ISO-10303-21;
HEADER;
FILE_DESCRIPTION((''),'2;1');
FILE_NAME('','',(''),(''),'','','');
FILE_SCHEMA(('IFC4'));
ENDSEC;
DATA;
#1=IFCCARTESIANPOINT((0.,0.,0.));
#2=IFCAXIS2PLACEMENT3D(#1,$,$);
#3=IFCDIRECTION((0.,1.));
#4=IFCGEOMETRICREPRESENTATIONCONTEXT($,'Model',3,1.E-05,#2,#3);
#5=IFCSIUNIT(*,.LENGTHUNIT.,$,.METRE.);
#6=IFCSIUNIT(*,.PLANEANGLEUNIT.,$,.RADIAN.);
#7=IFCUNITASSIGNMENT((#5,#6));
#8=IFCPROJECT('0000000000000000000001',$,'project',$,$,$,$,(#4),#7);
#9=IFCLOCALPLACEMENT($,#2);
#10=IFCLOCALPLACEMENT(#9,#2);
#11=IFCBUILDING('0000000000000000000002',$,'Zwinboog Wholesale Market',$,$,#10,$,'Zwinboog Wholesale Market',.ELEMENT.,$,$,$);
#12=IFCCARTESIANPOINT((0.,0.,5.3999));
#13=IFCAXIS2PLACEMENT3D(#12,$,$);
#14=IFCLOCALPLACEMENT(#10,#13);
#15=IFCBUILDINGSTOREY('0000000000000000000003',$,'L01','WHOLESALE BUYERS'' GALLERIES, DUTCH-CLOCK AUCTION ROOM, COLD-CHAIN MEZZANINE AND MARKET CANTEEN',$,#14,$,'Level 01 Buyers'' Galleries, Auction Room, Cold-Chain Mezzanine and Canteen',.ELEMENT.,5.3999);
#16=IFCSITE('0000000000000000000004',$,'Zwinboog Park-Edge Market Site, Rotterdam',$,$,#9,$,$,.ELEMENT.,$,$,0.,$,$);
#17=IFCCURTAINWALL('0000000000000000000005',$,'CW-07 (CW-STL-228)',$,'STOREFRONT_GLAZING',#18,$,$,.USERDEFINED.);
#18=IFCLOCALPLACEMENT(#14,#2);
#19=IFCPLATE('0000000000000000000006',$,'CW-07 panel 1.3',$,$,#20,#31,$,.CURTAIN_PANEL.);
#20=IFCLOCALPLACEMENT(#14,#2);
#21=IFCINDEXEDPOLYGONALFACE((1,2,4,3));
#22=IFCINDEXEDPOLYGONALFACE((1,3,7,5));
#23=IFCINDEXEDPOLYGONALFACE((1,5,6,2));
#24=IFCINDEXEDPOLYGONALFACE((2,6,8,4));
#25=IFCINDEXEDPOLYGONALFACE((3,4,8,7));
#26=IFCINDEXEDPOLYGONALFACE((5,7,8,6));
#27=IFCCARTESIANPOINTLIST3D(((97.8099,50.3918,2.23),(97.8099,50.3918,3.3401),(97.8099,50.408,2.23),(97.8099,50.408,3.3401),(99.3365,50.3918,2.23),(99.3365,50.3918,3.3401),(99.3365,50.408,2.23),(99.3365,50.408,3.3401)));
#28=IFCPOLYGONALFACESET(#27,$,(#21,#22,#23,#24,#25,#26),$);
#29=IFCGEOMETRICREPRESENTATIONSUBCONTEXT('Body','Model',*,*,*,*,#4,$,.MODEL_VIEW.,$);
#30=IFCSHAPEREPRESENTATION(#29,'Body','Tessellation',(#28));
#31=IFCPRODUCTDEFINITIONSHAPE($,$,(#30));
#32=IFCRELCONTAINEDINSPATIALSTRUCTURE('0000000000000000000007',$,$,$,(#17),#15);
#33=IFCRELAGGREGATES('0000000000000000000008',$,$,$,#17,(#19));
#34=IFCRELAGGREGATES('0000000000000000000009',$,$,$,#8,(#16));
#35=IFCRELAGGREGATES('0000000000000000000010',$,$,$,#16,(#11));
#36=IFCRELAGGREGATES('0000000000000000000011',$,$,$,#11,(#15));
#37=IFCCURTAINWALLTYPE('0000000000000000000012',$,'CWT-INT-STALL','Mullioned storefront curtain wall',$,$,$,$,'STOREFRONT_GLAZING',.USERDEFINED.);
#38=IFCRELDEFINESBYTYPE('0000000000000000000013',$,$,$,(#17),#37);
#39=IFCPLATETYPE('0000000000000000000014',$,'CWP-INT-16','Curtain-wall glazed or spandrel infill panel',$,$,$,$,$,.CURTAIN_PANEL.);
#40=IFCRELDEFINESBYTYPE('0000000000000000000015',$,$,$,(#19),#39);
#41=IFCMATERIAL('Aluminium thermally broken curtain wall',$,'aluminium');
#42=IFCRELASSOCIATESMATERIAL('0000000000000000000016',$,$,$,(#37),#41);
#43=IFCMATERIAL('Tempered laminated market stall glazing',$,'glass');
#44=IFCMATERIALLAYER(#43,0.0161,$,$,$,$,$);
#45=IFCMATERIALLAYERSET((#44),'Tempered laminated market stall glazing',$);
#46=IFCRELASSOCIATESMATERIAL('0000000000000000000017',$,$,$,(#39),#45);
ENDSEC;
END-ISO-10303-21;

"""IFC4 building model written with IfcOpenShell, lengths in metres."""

from ifc_helpers import new_model, si_unit, direction, frame, origin, origin_2d, place, context, subcontext, project, spatial, rectangle, extrude, material, layer, layer_set, type_object, element, aggregate, save


model = new_model("IFC4")

# Units and contexts
model_context = context("Model", 3, precision=1e-05, world=origin(), true_north=direction((0.0, 1.0)))
body_context = subcontext(model_context, "Body", "Model", "MODEL_VIEW")
ifc_project = project(units=[si_unit("LENGTHUNIT", "METRE"), si_unit("PLANEANGLEUNIT", "RADIAN")], contexts=[model_context])

# Site, building, storey
site_placement = place(None, origin())
site = spatial("IfcSite", under=ifc_project, at=site_placement, Name="Zwinboog Park-Edge Market Site, Rotterdam", CompositionType="ELEMENT", RefElevation=0.0)
building_placement = place(site_placement, origin())
building = spatial("IfcBuilding", under=site, at=building_placement, Name="Zwinboog Wholesale Market", LongName="Zwinboog Wholesale Market", CompositionType="ELEMENT")
storey_placement = place(building_placement, frame((0.0, 0.0, 5.3999)))
storey = spatial("IfcBuildingStorey", under=building, at=storey_placement, Name="L01", Description="WHOLESALE BUYERS' GALLERIES, DUTCH-CLOCK AUCTION ROOM, COLD-CHAIN MEZZANINE AND MARKET CANTEEN", LongName="Level 01 Buyers' Galleries, Auction Room, Cold-Chain Mezzanine and Canteen", CompositionType="ELEMENT", Elevation=5.3999)

# Shared definitions
ifc_material_1 = material(Name="Aluminium thermally broken curtain wall", Category="aluminium")

# Shared definitions
curtain_wall_type_1 = type_object("IfcCurtainWallType", Name="CWT-INT-STALL", Description="Mullioned storefront curtain wall", ElementType="STOREFRONT_GLAZING", PredefinedType="USERDEFINED", material=ifc_material_1)

# Curtain wall
curtain_wall_1_placement = place(storey_placement, origin())
curtain_wall_1 = element("IfcCurtainWall", 1, at=curtain_wall_1_placement, inside=storey, type_object=curtain_wall_type_1, Name="CW-07 (CW-STL-228)", ObjectType="STOREFRONT_GLAZING", PredefinedType="USERDEFINED")

# Plate
ifc_material_2 = material(Name="Tempered laminated market stall glazing", Category="glass")
ifc_layer_1 = layer(ifc_material_2, 0.0161)
ifc_layer_set_1 = layer_set([ifc_layer_1], Name="Tempered laminated market stall glazing")
plate_type_1 = type_object("IfcPlateType", Name="CWP-INT-16", Description="Curtain-wall glazed or spandrel infill panel", PredefinedType="CURTAIN_PANEL", material=ifc_layer_set_1)
plate_1_placement = place(storey_placement, frame((98.5732, 50.3999, 2.23), z_axis=(0.0, 0.0, 1.0), x_axis=(1.0, 0.0, 0.0)))
plate_1 = element("IfcPlate", 2, at=plate_1_placement, type_object=plate_type_1, Name="CW-07 panel 1.3", PredefinedType="CURTAIN_PANEL", context=body_context, shape_type="SweptSolid", body=[
    extrude(rectangle(XDim=1.5266, YDim=0.0161, at=origin_2d()), origin(), (0.0, 0.0, 1.0), 1.1101),
])
aggregate(curtain_wall_1, [plate_1])

save(model, "model.ifc")
